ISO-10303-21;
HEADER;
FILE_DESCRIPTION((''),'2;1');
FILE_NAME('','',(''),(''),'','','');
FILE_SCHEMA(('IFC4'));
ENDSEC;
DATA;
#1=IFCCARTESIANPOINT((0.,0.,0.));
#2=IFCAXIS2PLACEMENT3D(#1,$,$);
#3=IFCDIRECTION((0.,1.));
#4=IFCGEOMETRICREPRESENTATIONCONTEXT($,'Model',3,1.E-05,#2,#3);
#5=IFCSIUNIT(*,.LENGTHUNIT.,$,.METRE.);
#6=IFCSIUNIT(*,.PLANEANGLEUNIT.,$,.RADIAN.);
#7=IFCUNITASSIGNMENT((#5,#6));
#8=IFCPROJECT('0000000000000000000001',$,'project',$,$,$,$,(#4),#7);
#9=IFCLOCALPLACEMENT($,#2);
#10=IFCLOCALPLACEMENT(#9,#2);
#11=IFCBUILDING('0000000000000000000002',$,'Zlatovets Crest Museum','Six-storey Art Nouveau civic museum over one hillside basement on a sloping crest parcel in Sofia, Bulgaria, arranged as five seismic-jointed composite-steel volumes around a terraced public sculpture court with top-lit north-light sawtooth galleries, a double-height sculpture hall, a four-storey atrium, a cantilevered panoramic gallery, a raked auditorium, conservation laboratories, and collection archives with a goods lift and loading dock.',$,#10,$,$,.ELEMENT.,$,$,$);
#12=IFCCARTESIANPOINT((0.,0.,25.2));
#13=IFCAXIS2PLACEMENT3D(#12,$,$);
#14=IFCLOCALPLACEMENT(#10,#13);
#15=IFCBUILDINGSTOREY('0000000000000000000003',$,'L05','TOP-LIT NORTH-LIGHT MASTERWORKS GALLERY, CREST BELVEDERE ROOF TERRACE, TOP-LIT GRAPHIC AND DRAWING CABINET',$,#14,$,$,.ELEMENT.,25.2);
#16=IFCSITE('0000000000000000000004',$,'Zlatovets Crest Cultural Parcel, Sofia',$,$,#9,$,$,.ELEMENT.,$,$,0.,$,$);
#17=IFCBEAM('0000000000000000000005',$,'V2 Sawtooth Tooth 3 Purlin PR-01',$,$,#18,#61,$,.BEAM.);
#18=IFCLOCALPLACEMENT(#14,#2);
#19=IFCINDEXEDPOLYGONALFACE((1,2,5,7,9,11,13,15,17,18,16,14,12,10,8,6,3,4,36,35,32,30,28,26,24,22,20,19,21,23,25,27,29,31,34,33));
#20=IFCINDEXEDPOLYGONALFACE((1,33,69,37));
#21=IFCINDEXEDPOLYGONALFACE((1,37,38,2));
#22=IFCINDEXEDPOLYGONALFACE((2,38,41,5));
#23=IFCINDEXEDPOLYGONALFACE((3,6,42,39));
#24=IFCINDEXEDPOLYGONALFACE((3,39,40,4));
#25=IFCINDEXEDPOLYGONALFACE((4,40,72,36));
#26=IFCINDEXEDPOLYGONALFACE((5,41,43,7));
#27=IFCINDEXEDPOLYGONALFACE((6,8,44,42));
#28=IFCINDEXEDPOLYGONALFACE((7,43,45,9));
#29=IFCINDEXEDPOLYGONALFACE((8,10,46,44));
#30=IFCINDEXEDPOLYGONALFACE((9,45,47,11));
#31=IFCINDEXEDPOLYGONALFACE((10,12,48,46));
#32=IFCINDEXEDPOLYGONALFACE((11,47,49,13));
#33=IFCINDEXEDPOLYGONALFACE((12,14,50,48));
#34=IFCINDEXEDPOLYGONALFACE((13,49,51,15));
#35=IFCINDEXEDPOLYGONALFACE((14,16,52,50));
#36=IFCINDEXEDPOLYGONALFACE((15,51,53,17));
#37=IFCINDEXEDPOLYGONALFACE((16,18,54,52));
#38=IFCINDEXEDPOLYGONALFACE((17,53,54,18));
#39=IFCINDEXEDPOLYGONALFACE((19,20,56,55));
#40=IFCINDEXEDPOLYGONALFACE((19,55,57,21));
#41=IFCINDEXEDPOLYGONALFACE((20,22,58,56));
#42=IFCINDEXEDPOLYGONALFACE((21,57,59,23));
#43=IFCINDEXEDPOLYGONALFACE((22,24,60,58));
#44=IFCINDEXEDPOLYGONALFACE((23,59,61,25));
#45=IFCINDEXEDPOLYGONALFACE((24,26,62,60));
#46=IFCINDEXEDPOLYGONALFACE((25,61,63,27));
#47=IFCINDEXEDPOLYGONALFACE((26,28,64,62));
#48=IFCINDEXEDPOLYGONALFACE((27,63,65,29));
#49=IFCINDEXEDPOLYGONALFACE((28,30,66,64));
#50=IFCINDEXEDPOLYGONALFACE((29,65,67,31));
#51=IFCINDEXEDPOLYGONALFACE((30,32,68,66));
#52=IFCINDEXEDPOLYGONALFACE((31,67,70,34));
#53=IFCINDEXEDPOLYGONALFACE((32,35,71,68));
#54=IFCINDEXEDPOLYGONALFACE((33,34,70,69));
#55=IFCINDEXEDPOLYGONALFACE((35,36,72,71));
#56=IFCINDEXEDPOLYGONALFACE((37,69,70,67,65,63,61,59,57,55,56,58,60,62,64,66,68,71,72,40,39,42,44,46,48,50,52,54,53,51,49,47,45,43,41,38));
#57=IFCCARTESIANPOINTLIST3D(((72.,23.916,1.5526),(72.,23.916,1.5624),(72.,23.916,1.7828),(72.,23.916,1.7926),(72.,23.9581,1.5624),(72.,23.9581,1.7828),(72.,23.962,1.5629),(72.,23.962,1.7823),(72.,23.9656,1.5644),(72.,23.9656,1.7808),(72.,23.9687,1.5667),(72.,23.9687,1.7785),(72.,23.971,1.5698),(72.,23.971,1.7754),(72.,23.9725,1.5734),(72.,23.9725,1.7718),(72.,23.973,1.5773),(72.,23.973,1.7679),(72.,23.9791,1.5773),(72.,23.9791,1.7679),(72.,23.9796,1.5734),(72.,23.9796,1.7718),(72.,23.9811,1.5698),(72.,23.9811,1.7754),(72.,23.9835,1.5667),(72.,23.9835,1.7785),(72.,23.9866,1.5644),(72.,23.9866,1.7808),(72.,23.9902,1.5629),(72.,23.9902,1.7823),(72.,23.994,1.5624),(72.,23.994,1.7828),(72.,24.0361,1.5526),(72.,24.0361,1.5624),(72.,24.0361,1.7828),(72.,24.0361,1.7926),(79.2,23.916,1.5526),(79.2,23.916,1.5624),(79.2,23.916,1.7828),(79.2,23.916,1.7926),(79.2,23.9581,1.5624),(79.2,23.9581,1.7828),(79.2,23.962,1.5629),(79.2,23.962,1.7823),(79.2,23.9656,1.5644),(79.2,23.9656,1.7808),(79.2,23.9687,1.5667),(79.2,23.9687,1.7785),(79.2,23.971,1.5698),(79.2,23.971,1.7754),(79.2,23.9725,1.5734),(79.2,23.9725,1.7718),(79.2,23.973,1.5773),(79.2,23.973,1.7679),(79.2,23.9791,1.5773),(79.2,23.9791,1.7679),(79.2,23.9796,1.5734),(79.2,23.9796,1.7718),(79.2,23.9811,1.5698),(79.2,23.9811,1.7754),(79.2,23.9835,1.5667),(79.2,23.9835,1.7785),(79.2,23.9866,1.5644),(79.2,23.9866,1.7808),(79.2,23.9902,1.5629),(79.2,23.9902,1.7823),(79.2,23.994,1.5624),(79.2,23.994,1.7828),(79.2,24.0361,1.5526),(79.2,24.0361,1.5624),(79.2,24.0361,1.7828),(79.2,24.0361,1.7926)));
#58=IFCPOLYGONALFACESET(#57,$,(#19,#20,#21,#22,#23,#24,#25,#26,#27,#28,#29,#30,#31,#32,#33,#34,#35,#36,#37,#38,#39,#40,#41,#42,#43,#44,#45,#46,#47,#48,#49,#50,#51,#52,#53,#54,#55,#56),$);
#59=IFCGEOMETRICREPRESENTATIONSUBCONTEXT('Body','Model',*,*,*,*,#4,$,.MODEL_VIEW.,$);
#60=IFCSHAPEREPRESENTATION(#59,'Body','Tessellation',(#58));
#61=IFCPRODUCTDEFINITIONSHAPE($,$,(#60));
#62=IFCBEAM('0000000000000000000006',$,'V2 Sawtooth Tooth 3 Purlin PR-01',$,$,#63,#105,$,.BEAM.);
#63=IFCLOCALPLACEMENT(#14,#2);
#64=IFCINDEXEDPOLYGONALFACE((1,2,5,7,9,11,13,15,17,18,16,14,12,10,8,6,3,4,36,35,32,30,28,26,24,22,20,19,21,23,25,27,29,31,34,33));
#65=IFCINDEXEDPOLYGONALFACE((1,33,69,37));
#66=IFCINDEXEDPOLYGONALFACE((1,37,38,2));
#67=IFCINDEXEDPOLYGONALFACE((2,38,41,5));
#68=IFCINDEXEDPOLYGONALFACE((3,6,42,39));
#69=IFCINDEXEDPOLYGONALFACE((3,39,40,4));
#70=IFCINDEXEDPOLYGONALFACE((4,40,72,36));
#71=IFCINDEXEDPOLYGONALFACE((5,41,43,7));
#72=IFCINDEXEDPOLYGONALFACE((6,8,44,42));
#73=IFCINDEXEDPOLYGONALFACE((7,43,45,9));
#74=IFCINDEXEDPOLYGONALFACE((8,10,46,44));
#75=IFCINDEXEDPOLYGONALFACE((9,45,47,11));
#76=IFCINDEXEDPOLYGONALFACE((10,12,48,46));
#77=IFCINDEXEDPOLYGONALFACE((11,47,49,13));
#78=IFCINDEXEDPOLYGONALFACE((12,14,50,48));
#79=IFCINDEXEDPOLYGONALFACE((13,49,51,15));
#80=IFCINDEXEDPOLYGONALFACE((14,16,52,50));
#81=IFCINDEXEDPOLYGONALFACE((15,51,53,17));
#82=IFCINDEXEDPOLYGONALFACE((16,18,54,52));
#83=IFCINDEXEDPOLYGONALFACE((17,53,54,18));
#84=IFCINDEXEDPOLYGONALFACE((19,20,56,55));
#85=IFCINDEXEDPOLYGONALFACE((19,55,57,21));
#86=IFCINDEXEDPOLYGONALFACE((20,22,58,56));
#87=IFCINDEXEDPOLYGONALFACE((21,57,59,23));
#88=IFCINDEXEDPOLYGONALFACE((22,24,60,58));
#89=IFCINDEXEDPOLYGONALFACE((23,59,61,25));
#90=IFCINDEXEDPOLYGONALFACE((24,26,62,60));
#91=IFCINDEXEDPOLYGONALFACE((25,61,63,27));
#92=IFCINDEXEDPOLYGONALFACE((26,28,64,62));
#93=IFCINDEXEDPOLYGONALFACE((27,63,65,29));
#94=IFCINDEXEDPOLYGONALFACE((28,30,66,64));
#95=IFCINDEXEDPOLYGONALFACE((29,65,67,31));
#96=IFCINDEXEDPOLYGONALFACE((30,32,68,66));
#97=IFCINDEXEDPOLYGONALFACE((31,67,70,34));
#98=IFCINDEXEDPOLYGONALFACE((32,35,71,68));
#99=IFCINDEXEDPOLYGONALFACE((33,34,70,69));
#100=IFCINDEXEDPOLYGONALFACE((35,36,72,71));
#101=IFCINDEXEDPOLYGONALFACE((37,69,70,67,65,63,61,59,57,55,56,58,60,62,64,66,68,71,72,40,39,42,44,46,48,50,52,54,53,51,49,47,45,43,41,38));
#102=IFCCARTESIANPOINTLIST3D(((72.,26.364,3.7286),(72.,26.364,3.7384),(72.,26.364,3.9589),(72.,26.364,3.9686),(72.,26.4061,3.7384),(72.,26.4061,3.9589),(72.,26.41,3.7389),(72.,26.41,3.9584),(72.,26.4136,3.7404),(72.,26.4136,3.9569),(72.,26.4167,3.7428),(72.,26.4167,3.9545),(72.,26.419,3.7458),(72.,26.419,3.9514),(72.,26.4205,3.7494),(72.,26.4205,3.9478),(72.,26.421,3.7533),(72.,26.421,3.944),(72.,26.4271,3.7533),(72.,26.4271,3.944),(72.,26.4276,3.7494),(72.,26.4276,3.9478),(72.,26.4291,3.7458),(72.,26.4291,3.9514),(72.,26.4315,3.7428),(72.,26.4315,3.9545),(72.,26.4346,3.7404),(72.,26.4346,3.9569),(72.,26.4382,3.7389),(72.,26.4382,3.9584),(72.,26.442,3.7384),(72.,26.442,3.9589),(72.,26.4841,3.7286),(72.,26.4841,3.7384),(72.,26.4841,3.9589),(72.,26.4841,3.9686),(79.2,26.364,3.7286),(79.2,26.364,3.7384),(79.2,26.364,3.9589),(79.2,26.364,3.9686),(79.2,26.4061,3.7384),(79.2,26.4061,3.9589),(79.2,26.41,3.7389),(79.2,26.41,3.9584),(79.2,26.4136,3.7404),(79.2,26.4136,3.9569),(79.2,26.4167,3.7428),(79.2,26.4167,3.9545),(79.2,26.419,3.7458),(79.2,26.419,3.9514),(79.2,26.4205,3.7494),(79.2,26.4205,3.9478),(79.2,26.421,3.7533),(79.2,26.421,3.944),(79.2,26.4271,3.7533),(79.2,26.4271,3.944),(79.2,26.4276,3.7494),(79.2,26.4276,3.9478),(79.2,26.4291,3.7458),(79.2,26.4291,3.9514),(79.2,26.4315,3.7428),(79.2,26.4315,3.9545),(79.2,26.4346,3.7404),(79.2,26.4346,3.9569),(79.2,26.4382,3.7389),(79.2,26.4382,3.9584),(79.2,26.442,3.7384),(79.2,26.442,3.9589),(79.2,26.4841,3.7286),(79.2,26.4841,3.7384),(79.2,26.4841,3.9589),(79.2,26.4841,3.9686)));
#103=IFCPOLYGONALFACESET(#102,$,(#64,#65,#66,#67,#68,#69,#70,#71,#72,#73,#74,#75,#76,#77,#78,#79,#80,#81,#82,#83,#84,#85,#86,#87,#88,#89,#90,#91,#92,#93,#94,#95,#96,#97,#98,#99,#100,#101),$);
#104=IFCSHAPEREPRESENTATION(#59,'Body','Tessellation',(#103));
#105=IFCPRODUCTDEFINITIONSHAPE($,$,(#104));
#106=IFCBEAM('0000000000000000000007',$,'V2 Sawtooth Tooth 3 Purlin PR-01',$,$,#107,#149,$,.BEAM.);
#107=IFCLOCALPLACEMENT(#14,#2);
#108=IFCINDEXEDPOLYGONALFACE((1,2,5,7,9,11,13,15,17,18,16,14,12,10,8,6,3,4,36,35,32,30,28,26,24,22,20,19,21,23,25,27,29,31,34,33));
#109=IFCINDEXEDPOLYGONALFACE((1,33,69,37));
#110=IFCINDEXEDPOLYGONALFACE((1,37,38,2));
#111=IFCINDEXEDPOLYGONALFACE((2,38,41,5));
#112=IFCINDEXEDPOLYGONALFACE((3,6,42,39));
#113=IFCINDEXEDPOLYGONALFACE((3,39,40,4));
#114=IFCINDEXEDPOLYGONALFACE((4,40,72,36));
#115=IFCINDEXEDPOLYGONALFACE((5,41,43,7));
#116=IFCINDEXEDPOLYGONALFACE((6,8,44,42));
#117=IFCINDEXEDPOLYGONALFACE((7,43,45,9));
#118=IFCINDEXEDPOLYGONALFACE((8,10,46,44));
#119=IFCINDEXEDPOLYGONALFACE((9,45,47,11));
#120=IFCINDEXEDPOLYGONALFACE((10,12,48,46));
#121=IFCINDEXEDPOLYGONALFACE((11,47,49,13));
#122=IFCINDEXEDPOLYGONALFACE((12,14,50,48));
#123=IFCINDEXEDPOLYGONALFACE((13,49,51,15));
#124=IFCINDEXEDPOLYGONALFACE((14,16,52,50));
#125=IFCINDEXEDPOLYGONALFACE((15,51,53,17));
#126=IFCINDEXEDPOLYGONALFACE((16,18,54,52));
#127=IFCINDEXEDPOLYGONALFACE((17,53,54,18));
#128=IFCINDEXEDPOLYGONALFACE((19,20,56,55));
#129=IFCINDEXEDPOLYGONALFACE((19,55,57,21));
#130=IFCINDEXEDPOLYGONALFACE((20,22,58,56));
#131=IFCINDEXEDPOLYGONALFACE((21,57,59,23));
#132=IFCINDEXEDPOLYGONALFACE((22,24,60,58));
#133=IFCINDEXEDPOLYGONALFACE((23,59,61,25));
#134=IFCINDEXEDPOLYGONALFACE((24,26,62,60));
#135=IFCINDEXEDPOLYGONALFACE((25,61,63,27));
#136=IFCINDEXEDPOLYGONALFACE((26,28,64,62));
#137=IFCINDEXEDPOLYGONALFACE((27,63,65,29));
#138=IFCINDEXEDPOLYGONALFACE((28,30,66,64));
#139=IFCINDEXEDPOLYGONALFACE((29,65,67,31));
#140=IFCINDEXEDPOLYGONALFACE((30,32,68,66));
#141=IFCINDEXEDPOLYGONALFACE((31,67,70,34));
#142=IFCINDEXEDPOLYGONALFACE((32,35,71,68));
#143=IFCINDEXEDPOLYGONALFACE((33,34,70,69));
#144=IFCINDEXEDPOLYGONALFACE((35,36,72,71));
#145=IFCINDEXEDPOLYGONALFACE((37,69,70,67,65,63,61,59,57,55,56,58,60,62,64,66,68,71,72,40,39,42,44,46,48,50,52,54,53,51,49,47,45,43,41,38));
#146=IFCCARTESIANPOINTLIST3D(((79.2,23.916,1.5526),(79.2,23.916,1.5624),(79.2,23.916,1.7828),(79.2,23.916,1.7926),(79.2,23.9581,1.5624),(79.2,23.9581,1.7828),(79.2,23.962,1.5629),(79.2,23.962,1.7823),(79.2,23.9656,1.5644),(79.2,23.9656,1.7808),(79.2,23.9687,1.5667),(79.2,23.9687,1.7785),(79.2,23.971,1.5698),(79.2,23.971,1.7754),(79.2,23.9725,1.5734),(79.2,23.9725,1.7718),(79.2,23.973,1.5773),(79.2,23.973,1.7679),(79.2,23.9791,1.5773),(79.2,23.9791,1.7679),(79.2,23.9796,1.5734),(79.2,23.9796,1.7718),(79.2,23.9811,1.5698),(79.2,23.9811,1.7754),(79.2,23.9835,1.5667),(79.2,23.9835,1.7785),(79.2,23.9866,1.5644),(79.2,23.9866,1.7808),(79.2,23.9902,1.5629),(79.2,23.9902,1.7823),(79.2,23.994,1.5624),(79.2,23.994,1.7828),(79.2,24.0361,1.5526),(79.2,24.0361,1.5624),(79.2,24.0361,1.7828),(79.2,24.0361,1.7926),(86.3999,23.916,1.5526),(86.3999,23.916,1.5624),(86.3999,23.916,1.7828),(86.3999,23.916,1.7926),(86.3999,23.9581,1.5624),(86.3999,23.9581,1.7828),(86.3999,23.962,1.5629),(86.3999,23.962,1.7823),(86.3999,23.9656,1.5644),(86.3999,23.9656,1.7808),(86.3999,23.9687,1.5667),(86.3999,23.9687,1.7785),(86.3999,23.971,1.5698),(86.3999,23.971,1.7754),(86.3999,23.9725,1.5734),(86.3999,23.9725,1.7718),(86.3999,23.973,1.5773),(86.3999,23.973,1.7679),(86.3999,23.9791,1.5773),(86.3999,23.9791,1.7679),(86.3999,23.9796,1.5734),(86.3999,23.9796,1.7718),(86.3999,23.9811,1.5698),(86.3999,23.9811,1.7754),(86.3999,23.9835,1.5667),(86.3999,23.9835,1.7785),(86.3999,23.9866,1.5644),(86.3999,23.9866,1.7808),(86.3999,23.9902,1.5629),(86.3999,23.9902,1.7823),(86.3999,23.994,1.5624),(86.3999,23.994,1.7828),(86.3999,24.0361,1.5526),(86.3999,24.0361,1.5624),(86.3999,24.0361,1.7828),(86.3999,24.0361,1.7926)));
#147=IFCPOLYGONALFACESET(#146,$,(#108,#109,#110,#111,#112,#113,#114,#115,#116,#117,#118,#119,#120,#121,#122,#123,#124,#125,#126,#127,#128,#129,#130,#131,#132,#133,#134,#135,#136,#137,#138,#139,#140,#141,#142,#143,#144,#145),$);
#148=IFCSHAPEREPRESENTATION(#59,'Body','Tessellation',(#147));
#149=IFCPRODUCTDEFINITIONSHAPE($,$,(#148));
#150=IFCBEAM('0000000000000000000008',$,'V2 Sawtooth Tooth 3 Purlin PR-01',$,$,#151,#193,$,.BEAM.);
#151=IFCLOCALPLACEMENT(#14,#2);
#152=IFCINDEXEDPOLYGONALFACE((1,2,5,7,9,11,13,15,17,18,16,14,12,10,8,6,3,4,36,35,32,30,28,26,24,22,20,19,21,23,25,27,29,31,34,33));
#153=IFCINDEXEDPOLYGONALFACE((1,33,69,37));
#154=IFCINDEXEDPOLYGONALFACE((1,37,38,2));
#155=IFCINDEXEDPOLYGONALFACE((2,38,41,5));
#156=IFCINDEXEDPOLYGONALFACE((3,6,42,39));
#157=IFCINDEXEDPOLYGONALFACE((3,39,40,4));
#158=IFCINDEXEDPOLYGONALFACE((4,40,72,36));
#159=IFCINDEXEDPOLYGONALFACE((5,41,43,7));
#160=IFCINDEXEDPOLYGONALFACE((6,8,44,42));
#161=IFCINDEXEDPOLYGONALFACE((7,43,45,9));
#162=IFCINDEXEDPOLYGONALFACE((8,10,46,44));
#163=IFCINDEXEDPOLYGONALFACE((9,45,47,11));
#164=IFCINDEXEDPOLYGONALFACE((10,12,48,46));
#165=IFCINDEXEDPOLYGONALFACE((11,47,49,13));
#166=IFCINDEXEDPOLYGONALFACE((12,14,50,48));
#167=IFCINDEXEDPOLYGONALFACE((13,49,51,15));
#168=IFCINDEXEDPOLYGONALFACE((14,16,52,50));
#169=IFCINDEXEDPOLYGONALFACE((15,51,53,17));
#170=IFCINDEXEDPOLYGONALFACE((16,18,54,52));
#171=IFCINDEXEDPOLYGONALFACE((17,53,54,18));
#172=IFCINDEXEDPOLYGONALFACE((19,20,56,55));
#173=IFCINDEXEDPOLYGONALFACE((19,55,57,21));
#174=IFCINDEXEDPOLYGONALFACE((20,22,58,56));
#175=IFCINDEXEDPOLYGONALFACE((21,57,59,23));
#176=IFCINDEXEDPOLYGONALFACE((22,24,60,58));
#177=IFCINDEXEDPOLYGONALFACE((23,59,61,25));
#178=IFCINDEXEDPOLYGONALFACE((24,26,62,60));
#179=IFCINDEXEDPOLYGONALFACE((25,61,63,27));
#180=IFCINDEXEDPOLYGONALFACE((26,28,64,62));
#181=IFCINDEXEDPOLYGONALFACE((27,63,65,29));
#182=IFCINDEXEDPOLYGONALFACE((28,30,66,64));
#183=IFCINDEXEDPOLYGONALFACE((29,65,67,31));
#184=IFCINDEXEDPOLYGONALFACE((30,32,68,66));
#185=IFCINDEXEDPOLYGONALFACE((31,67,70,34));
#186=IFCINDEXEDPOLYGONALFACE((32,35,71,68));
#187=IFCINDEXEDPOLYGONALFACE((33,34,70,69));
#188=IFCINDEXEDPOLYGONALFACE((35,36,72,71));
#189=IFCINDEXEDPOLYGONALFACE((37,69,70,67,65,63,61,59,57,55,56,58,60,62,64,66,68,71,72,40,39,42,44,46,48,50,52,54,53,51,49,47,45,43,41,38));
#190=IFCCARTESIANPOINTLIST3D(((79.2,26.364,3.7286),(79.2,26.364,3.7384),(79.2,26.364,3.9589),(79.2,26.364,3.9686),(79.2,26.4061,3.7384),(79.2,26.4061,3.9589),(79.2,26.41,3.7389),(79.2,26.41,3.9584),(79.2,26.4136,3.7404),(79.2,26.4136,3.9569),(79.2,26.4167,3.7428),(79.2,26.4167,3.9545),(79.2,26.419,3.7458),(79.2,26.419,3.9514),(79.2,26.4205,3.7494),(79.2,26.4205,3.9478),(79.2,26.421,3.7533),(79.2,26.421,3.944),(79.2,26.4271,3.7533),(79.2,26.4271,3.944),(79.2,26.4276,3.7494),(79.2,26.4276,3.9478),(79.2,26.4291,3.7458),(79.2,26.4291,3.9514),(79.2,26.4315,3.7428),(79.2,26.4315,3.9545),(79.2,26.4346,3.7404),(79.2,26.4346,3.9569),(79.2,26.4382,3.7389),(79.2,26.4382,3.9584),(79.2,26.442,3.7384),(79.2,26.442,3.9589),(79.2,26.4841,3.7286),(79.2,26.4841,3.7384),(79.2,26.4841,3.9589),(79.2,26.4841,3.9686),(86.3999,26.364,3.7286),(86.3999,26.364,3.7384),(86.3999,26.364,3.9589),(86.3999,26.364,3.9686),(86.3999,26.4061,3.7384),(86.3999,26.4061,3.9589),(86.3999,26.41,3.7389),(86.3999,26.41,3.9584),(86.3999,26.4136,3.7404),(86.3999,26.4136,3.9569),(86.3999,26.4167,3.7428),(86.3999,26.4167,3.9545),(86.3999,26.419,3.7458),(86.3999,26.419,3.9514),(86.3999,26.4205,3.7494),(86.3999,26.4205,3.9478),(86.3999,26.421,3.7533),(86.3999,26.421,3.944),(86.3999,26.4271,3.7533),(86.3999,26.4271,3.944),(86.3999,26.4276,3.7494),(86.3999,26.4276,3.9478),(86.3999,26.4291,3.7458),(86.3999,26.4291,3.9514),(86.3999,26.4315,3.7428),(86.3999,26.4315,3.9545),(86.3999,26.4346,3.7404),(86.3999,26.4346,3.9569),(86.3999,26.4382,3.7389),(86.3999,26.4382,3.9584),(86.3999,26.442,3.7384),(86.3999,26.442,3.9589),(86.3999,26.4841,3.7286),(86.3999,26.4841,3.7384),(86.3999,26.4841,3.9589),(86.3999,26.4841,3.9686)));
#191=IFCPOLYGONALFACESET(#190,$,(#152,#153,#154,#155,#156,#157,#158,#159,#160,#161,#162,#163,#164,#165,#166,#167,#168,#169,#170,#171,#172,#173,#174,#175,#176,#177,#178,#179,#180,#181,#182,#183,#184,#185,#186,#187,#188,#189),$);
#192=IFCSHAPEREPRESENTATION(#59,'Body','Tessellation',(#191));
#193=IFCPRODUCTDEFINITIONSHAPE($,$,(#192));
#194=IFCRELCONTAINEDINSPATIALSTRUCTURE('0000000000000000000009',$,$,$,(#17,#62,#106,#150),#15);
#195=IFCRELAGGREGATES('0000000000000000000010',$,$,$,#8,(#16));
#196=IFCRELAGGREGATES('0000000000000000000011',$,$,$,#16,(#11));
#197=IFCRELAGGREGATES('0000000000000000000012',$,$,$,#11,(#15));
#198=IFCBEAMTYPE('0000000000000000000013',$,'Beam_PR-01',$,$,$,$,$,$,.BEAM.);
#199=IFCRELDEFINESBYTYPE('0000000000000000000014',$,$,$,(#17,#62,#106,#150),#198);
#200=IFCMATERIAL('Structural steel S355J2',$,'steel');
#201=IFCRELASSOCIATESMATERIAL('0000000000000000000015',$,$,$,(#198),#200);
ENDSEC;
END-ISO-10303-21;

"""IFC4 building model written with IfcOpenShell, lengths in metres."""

from ifc_helpers import new_model, si_unit, direction, frame, origin, origin_2d, place, context, subcontext, project, spatial, i_section, extrude, material, material_profile, profile_set, type_object, element, save


model = new_model("IFC4")

# Units and contexts
model_context = context("Model", 3, precision=1e-05, world=origin(), true_north=direction((0.0, 1.0)))
body_context = subcontext(model_context, "Body", "Model", "MODEL_VIEW")
ifc_project = project(units=[si_unit("LENGTHUNIT", "METRE"), si_unit("PLANEANGLEUNIT", "RADIAN")], contexts=[model_context])

# Site, building, storey
site_placement = place(None, origin())
site = spatial("IfcSite", under=ifc_project, at=site_placement, Name="Zlatovets Crest Cultural Parcel, Sofia", CompositionType="ELEMENT", RefElevation=0.0)
building_placement = place(site_placement, origin())
building = spatial("IfcBuilding", under=site, at=building_placement, Name="Zlatovets Crest Museum", Description="Six-storey Art Nouveau civic museum over one hillside basement on a sloping crest parcel in Sofia, Bulgaria, arranged as five seismic-jointed composite-steel volumes around a terraced public sculpture court with top-lit north-light sawtooth galleries, a double-height sculpture hall, a four-storey atrium, a cantilevered panoramic gallery, a raked auditorium, conservation laboratories, and collection archives with a goods lift and loading dock.", CompositionType="ELEMENT")
storey_placement = place(building_placement, frame((0.0, 0.0, 25.2)))
storey = spatial("IfcBuildingStorey", under=building, at=storey_placement, Name="L05", Description="TOP-LIT NORTH-LIGHT MASTERWORKS GALLERY, CREST BELVEDERE ROOF TERRACE, TOP-LIT GRAPHIC AND DRAWING CABINET", CompositionType="ELEMENT", Elevation=25.2)

# Beams
ifc_material_1 = material(Name="Structural steel S355J2", Category="steel")
ifc_material_profile_1 = material_profile(ifc_material_1, i_section(OverallWidth=0.1201, OverallDepth=0.24, WebThickness=0.0061, FlangeThickness=0.0098, FilletRadius=0.0149, at=origin_2d()), Name="IPE 240")
ifc_profile_set_1 = profile_set([ifc_material_profile_1], Name="Structural steel S355J2")
beam_type_1 = type_object("IfcBeamType", Name="Beam_PR-01", PredefinedType="BEAM", material=ifc_profile_set_1)
for number, where, z_axis, x_axis, name in (
    (1, (72.0, 23.9761, 1.6726), (1.0, 0.0, 0.0), (0.0, 1.0, 0.0), "V2 Sawtooth Tooth 3 Purlin PR-01"),
    (2, (72.0, 26.4241, 3.8486), (1.0, 0.0, 0.0), (0.0, 1.0, 0.0), "V2 Sawtooth Tooth 3 Purlin PR-01"),
    (3, (79.2, 23.9761, 1.6726), (1.0, 0.0, 0.0), (0.0, 1.0, 0.0), "V2 Sawtooth Tooth 3 Purlin PR-01"),
    (4, (79.2, 26.4241, 3.8486), (1.0, 0.0, 0.0), (0.0, 1.0, 0.0), "V2 Sawtooth Tooth 3 Purlin PR-01"),
):
    element("IfcBeam", number, at=place(storey_placement, frame(where, z_axis=z_axis, x_axis=x_axis)), inside=storey, type_object=beam_type_1, Name=name, PredefinedType="BEAM", context=body_context, shape_type="SweptSolid", body=[
        extrude(i_section(OverallWidth=0.1201, OverallDepth=0.24, WebThickness=0.0061, FlangeThickness=0.0098, FilletRadius=0.0149, at=origin_2d()), origin(), (0.0, 0.0, 1.0), 7.2),
    ])

save(model, "model.ifc")
